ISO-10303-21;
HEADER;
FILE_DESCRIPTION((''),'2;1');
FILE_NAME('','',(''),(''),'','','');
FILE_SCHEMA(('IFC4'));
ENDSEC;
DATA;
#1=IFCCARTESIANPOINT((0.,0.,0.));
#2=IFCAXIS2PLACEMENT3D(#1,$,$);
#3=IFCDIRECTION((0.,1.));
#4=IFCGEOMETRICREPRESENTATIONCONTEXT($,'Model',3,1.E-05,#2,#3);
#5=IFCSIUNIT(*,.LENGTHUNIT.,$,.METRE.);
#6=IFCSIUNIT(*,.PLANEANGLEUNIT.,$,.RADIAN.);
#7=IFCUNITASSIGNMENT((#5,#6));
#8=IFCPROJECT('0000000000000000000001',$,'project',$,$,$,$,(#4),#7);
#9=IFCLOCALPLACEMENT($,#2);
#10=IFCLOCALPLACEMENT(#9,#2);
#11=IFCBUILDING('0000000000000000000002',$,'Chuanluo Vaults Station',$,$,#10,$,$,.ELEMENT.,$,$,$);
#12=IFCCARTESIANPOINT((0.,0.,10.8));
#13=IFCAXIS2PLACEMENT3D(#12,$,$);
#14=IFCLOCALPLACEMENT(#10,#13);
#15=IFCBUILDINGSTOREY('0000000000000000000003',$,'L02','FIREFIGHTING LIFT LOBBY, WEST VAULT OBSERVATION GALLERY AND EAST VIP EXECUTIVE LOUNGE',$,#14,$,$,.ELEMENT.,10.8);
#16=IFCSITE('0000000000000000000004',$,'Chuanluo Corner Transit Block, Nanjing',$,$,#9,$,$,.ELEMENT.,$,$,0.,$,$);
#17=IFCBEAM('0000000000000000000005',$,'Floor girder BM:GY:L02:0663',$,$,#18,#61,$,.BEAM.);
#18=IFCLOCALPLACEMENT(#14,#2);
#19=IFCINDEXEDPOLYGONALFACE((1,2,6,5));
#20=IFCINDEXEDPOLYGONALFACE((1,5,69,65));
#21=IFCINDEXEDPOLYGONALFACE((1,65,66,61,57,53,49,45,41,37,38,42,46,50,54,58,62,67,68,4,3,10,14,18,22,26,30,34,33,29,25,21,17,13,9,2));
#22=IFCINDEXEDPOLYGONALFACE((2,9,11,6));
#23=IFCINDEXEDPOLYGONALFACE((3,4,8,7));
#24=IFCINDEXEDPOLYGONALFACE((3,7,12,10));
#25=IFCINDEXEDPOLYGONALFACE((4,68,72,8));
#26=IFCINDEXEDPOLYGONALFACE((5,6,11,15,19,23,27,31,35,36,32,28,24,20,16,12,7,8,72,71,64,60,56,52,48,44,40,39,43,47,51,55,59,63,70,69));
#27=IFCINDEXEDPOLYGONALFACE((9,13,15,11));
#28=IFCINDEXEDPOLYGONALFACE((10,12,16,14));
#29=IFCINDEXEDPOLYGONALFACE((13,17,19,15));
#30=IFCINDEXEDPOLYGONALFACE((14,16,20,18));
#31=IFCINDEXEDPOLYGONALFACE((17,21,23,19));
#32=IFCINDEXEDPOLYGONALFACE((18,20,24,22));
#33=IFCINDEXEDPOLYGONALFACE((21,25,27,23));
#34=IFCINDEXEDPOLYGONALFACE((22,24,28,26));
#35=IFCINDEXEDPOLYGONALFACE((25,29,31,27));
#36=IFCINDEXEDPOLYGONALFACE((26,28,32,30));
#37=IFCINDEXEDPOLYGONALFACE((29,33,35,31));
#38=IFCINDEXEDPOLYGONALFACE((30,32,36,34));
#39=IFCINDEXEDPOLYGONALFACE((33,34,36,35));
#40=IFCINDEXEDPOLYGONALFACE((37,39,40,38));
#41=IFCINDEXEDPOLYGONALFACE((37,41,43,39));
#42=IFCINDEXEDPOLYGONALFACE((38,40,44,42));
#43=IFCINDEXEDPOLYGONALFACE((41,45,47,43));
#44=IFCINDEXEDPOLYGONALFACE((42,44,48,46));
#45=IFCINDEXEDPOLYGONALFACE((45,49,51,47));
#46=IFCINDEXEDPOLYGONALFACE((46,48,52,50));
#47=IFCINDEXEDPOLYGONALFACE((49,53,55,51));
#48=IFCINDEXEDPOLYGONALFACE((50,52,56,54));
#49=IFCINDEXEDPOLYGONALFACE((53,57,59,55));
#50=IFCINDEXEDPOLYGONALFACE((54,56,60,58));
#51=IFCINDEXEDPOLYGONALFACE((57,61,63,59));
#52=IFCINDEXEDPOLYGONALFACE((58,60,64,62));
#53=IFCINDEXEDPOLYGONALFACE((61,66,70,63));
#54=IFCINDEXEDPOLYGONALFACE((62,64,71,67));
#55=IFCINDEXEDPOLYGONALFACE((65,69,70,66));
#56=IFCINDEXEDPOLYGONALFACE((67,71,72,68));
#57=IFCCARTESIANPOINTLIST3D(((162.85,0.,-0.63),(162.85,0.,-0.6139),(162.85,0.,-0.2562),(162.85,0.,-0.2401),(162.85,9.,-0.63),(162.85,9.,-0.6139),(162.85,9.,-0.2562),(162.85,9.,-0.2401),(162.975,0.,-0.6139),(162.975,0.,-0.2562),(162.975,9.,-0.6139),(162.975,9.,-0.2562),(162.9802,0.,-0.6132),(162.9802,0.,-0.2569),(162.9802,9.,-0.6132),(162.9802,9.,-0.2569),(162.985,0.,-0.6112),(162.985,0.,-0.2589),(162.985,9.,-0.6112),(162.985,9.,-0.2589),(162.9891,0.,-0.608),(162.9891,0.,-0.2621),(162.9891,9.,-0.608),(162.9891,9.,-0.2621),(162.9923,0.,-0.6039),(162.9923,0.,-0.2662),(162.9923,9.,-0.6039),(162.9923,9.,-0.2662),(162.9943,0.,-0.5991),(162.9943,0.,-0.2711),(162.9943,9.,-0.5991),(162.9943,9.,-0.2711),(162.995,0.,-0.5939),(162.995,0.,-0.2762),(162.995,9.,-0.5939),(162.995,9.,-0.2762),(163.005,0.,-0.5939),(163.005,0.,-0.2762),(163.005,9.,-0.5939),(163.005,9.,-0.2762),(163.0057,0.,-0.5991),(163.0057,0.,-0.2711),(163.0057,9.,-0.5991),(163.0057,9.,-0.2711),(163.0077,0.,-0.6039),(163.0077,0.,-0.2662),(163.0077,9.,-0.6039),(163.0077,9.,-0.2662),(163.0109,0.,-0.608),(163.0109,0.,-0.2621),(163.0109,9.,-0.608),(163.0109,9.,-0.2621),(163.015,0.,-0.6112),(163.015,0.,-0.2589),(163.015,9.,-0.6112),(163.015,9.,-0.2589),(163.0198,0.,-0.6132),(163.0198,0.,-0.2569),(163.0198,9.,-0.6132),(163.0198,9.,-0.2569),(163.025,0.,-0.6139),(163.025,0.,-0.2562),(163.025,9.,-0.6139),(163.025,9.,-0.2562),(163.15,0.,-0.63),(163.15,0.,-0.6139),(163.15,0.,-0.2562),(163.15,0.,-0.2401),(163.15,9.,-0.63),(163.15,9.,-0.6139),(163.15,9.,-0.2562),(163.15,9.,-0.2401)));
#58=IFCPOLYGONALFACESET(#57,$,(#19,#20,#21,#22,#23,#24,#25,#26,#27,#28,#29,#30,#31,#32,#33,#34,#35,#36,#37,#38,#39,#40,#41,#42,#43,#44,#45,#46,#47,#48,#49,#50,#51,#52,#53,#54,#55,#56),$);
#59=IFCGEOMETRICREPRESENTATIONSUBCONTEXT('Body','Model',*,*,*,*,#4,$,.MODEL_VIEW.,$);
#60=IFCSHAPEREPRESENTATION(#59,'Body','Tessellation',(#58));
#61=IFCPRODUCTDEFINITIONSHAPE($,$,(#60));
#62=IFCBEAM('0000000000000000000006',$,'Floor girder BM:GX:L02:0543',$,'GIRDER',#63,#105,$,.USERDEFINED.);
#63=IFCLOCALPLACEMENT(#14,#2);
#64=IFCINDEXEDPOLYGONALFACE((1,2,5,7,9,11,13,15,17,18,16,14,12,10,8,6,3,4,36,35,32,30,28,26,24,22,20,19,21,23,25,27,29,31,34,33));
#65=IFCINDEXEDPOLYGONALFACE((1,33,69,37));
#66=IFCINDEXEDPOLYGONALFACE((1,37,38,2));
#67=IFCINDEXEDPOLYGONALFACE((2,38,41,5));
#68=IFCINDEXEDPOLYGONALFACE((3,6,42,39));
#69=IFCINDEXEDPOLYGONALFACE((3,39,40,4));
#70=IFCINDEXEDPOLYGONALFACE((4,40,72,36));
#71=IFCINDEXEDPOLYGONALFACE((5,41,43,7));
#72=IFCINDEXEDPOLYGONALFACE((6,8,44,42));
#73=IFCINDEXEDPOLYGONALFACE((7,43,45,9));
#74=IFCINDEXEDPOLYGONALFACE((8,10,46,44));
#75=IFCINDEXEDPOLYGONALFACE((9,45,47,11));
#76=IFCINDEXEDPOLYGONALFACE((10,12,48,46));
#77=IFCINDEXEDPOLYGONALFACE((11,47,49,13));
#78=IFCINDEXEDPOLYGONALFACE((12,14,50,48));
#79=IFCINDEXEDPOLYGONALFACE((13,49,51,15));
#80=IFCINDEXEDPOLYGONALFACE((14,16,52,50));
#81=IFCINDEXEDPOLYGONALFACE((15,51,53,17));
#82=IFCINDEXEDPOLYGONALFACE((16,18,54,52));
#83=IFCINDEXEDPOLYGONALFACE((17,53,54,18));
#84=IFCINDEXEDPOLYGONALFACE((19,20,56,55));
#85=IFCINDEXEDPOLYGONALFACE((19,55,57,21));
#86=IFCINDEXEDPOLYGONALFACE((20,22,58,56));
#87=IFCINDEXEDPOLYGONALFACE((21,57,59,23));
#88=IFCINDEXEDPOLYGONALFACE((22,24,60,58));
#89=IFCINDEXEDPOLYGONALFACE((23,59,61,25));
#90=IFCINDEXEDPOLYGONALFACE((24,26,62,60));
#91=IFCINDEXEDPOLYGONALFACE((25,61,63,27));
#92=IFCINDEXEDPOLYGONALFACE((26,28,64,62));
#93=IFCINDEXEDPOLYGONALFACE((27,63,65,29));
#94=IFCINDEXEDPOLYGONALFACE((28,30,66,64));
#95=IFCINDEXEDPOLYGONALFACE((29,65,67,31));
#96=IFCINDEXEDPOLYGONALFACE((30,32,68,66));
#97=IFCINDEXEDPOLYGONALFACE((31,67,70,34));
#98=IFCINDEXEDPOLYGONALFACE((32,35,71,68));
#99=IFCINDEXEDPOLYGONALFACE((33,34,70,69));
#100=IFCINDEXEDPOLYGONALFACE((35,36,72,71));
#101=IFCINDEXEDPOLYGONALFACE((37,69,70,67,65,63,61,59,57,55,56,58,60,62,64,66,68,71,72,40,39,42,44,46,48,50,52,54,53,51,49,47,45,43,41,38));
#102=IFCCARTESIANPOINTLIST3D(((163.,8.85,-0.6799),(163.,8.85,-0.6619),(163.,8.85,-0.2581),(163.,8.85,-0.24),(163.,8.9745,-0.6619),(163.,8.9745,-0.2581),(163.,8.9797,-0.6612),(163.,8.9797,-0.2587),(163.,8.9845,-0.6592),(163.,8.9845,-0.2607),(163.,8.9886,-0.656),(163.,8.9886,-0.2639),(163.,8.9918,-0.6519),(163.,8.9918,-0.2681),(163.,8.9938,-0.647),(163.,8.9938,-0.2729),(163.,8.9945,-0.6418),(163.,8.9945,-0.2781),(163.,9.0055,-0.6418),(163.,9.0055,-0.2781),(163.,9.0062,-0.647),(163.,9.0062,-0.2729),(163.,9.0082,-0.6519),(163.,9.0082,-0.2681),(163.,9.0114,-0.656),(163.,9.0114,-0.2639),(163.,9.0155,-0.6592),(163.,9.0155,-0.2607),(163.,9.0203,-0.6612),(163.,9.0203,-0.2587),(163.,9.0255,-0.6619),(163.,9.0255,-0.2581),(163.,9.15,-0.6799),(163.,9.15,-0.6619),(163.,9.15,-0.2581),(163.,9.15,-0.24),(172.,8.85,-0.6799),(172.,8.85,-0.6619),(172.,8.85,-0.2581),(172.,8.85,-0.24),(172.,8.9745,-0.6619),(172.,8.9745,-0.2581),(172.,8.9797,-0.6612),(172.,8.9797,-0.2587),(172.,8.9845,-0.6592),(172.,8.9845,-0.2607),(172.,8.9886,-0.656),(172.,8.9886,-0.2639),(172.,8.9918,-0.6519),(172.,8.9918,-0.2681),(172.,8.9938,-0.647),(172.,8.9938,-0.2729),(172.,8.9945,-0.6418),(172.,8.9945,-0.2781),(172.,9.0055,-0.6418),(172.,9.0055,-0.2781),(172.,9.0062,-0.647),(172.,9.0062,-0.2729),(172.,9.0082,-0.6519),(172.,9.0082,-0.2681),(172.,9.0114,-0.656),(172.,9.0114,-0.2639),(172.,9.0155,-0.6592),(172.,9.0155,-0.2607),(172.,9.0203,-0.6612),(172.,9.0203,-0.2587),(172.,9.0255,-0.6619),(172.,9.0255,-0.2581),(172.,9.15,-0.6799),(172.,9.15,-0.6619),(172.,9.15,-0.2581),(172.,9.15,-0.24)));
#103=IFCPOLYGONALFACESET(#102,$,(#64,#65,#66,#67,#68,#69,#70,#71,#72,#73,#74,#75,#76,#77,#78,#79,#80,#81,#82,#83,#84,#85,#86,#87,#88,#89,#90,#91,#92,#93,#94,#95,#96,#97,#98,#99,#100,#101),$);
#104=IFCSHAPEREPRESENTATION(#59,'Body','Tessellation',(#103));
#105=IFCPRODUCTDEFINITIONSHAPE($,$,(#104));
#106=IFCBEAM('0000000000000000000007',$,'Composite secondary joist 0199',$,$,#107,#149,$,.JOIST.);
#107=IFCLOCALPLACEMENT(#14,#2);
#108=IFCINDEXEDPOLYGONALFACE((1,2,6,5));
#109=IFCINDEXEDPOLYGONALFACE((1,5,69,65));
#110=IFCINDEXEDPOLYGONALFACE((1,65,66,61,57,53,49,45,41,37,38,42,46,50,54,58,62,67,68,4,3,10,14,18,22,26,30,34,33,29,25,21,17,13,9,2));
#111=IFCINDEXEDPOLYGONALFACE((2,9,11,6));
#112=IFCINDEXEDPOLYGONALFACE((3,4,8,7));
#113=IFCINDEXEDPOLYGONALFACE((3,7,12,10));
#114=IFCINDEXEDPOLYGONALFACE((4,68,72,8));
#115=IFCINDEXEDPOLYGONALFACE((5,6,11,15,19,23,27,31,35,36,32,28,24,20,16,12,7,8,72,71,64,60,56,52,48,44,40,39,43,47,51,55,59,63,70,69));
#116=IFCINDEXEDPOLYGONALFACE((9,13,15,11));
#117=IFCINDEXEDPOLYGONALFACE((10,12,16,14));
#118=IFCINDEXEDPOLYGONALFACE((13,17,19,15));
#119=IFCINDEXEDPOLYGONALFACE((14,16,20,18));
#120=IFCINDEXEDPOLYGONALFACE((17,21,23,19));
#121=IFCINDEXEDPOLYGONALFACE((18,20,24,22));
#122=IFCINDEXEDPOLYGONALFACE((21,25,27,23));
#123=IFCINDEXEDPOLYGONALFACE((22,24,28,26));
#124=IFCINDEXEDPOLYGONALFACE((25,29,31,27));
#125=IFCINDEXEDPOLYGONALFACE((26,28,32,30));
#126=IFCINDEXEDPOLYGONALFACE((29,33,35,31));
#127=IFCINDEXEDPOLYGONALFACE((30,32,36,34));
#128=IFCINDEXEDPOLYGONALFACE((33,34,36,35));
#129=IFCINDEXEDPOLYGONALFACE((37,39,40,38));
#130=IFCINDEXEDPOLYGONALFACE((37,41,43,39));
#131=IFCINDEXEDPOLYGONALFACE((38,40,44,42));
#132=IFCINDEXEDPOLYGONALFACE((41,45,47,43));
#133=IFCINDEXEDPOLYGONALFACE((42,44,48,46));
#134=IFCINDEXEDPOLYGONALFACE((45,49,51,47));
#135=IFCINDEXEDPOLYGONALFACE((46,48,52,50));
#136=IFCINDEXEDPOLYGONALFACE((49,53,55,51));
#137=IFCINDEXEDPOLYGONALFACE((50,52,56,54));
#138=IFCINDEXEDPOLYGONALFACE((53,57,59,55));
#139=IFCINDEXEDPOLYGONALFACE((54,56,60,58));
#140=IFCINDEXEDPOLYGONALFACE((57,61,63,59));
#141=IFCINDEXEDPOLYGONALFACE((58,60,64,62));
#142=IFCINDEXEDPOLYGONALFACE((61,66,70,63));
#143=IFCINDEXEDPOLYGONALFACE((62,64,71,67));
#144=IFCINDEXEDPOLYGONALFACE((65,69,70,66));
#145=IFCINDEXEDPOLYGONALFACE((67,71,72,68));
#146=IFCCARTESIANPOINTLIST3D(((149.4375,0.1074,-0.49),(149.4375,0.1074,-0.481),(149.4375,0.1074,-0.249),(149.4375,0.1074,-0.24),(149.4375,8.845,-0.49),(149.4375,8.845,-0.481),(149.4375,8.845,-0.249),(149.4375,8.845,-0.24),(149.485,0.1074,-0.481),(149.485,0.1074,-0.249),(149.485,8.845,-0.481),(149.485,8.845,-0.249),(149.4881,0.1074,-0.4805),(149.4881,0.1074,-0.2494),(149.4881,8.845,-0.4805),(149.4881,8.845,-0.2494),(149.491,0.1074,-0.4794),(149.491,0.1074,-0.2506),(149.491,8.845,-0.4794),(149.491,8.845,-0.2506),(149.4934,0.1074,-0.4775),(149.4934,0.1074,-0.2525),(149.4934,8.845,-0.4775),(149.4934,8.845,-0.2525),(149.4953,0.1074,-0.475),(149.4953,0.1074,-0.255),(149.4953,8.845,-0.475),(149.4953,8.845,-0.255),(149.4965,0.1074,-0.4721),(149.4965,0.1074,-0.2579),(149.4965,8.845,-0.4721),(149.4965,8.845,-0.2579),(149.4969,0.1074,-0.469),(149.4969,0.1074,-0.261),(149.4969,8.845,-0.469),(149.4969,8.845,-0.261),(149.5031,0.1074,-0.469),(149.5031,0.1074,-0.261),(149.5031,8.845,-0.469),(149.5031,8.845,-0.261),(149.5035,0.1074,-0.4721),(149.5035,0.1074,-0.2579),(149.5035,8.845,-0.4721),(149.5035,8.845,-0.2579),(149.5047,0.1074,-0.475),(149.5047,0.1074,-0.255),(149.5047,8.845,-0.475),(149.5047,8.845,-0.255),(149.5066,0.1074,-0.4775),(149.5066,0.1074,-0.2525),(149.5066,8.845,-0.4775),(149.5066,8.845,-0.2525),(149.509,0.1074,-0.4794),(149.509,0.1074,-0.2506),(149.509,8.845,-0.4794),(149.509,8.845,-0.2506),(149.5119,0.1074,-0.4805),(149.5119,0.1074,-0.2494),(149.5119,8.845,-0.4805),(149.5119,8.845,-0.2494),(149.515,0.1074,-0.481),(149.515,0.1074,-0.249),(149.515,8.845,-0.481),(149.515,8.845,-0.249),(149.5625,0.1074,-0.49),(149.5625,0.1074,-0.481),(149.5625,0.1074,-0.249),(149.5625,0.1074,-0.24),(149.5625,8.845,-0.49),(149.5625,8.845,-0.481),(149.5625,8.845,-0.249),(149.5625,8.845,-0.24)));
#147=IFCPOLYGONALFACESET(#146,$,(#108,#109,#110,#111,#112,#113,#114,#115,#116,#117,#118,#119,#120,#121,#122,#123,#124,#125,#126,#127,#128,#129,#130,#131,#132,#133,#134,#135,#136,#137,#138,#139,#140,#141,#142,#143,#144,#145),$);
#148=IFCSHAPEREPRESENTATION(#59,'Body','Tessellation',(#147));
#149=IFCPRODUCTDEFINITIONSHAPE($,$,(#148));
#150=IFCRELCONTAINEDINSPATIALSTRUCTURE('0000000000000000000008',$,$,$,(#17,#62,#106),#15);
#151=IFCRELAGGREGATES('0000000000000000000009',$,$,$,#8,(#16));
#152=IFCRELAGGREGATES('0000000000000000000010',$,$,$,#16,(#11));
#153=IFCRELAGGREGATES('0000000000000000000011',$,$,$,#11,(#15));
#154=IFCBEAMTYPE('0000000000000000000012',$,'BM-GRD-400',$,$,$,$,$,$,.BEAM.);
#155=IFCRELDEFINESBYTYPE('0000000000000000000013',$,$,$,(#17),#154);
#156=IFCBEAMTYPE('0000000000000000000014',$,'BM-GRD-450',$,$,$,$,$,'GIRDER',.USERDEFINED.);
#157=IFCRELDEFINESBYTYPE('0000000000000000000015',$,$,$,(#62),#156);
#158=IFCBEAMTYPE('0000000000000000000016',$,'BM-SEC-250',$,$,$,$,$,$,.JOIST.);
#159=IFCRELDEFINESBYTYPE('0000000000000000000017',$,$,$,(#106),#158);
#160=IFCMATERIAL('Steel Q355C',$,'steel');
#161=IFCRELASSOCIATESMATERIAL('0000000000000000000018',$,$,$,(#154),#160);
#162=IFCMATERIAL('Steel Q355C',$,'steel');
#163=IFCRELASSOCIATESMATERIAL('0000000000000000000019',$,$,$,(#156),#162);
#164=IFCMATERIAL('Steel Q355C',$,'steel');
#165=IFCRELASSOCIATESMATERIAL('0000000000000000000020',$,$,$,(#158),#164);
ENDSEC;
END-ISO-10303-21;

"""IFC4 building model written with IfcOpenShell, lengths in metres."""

from ifc_helpers import new_model, si_unit, direction, frame, origin, origin_2d, place, context, subcontext, project, spatial, i_section, extrude, material, material_profile, profile_set, type_object, element, save


model = new_model("IFC4")

# Units and contexts
model_context = context("Model", 3, precision=1e-05, world=origin(), true_north=direction((0.0, 1.0)))
body_context = subcontext(model_context, "Body", "Model", "MODEL_VIEW")
ifc_project = project(units=[si_unit("LENGTHUNIT", "METRE"), si_unit("PLANEANGLEUNIT", "RADIAN")], contexts=[model_context])

# Site, building, storey
site_placement = place(None, origin())
site = spatial("IfcSite", under=ifc_project, at=site_placement, Name="Chuanluo Corner Transit Block, Nanjing", CompositionType="ELEMENT", RefElevation=0.0)
building_placement = place(site_placement, origin())
building = spatial("IfcBuilding", under=site, at=building_placement, Name="Chuanluo Vaults Station", CompositionType="ELEMENT")
storey_placement = place(building_placement, frame((0.0, 0.0, 10.8)))
storey = spatial("IfcBuildingStorey", under=building, at=storey_placement, Name="L02", Description="FIREFIGHTING LIFT LOBBY, WEST VAULT OBSERVATION GALLERY AND EAST VIP EXECUTIVE LOUNGE", CompositionType="ELEMENT", Elevation=10.8)

# Beams
ifc_material_1 = material(Name="Steel Q355C", Category="steel")
ifc_material_profile_1 = material_profile(ifc_material_1, i_section(OverallWidth=0.3, OverallDepth=0.3899, WebThickness=0.01, FlangeThickness=0.0161, FilletRadius=0.02, at=origin_2d()))
ifc_profile_set_1 = profile_set([ifc_material_profile_1], Name="Steel Q355C")
beam_type_1 = type_object("IfcBeamType", Name="BM-GRD-400", PredefinedType="BEAM", material=ifc_profile_set_1)
for number, where, z_axis, x_axis, name in (
    (1, (163.0, 0.0, -0.4351), (0.0, 1.0, 0.0), (-1.0, 0.0, 0.0), "Floor girder BM:GY:L02:0663"),
):
    element("IfcBeam", number, at=place(storey_placement, frame(where, z_axis=z_axis, x_axis=x_axis)), inside=storey, type_object=beam_type_1, Name=name, PredefinedType="BEAM", context=body_context, shape_type="SweptSolid", body=[
        extrude(i_section(OverallWidth=0.3, OverallDepth=0.3899, WebThickness=0.01, FlangeThickness=0.0161, FilletRadius=0.02, at=origin_2d()), origin(), (0.0, 0.0, 1.0), 9.0),
    ])
ifc_material_2 = material(Name="Steel Q355C", Category="steel")
ifc_material_profile_2 = material_profile(ifc_material_2, i_section(OverallWidth=0.3, OverallDepth=0.4399, WebThickness=0.011, FlangeThickness=0.0181, FilletRadius=0.02, at=origin_2d()))
ifc_profile_set_2 = profile_set([ifc_material_profile_2], Name="Steel Q355C")
beam_type_2 = type_object("IfcBeamType", Name="BM-GRD-450", ElementType="GIRDER", PredefinedType="USERDEFINED", material=ifc_profile_set_2)
beam_1_placement = place(storey_placement, frame((163.0, 9.0, -0.46), z_axis=(1.0, 0.0, 0.0), x_axis=(0.0, 1.0, 0.0)))
element("IfcBeam", 2, at=beam_1_placement, inside=storey, type_object=beam_type_2, Name="Floor girder BM:GX:L02:0543", ObjectType="GIRDER", PredefinedType="USERDEFINED", context=body_context, shape_type="SweptSolid", body=[
    extrude(i_section(OverallWidth=0.3, OverallDepth=0.4399, WebThickness=0.011, FlangeThickness=0.0181, FilletRadius=0.02, at=origin_2d()), origin(), (0.0, 0.0, 1.0), 9.0),
])
ifc_material_3 = material(Name="Steel Q355C", Category="steel")
ifc_material_profile_3 = material_profile(ifc_material_3, i_section(OverallWidth=0.125, OverallDepth=0.25, WebThickness=0.0061, FlangeThickness=0.009, FilletRadius=0.012, at=origin_2d()))
ifc_profile_set_3 = profile_set([ifc_material_profile_3], Name="Steel Q355C")
beam_type_3 = type_object("IfcBeamType", Name="BM-SEC-250", PredefinedType="JOIST", material=ifc_profile_set_3)
beam_2_placement = place(storey_placement, frame((149.5, 0.1074, -0.365), z_axis=(0.0, 1.0, 0.0), x_axis=(-1.0, 0.0, 0.0)))
element("IfcBeam", 3, at=beam_2_placement, inside=storey, type_object=beam_type_3, Name="Composite secondary joist 0199", PredefinedType="JOIST", context=body_context, shape_type="SweptSolid", body=[
    extrude(i_section(OverallWidth=0.125, OverallDepth=0.25, WebThickness=0.0061, FlangeThickness=0.009, FilletRadius=0.012, at=origin_2d()), origin(), (0.0, 0.0, 1.0), 8.7375),
])

save(model, "model.ifc")
